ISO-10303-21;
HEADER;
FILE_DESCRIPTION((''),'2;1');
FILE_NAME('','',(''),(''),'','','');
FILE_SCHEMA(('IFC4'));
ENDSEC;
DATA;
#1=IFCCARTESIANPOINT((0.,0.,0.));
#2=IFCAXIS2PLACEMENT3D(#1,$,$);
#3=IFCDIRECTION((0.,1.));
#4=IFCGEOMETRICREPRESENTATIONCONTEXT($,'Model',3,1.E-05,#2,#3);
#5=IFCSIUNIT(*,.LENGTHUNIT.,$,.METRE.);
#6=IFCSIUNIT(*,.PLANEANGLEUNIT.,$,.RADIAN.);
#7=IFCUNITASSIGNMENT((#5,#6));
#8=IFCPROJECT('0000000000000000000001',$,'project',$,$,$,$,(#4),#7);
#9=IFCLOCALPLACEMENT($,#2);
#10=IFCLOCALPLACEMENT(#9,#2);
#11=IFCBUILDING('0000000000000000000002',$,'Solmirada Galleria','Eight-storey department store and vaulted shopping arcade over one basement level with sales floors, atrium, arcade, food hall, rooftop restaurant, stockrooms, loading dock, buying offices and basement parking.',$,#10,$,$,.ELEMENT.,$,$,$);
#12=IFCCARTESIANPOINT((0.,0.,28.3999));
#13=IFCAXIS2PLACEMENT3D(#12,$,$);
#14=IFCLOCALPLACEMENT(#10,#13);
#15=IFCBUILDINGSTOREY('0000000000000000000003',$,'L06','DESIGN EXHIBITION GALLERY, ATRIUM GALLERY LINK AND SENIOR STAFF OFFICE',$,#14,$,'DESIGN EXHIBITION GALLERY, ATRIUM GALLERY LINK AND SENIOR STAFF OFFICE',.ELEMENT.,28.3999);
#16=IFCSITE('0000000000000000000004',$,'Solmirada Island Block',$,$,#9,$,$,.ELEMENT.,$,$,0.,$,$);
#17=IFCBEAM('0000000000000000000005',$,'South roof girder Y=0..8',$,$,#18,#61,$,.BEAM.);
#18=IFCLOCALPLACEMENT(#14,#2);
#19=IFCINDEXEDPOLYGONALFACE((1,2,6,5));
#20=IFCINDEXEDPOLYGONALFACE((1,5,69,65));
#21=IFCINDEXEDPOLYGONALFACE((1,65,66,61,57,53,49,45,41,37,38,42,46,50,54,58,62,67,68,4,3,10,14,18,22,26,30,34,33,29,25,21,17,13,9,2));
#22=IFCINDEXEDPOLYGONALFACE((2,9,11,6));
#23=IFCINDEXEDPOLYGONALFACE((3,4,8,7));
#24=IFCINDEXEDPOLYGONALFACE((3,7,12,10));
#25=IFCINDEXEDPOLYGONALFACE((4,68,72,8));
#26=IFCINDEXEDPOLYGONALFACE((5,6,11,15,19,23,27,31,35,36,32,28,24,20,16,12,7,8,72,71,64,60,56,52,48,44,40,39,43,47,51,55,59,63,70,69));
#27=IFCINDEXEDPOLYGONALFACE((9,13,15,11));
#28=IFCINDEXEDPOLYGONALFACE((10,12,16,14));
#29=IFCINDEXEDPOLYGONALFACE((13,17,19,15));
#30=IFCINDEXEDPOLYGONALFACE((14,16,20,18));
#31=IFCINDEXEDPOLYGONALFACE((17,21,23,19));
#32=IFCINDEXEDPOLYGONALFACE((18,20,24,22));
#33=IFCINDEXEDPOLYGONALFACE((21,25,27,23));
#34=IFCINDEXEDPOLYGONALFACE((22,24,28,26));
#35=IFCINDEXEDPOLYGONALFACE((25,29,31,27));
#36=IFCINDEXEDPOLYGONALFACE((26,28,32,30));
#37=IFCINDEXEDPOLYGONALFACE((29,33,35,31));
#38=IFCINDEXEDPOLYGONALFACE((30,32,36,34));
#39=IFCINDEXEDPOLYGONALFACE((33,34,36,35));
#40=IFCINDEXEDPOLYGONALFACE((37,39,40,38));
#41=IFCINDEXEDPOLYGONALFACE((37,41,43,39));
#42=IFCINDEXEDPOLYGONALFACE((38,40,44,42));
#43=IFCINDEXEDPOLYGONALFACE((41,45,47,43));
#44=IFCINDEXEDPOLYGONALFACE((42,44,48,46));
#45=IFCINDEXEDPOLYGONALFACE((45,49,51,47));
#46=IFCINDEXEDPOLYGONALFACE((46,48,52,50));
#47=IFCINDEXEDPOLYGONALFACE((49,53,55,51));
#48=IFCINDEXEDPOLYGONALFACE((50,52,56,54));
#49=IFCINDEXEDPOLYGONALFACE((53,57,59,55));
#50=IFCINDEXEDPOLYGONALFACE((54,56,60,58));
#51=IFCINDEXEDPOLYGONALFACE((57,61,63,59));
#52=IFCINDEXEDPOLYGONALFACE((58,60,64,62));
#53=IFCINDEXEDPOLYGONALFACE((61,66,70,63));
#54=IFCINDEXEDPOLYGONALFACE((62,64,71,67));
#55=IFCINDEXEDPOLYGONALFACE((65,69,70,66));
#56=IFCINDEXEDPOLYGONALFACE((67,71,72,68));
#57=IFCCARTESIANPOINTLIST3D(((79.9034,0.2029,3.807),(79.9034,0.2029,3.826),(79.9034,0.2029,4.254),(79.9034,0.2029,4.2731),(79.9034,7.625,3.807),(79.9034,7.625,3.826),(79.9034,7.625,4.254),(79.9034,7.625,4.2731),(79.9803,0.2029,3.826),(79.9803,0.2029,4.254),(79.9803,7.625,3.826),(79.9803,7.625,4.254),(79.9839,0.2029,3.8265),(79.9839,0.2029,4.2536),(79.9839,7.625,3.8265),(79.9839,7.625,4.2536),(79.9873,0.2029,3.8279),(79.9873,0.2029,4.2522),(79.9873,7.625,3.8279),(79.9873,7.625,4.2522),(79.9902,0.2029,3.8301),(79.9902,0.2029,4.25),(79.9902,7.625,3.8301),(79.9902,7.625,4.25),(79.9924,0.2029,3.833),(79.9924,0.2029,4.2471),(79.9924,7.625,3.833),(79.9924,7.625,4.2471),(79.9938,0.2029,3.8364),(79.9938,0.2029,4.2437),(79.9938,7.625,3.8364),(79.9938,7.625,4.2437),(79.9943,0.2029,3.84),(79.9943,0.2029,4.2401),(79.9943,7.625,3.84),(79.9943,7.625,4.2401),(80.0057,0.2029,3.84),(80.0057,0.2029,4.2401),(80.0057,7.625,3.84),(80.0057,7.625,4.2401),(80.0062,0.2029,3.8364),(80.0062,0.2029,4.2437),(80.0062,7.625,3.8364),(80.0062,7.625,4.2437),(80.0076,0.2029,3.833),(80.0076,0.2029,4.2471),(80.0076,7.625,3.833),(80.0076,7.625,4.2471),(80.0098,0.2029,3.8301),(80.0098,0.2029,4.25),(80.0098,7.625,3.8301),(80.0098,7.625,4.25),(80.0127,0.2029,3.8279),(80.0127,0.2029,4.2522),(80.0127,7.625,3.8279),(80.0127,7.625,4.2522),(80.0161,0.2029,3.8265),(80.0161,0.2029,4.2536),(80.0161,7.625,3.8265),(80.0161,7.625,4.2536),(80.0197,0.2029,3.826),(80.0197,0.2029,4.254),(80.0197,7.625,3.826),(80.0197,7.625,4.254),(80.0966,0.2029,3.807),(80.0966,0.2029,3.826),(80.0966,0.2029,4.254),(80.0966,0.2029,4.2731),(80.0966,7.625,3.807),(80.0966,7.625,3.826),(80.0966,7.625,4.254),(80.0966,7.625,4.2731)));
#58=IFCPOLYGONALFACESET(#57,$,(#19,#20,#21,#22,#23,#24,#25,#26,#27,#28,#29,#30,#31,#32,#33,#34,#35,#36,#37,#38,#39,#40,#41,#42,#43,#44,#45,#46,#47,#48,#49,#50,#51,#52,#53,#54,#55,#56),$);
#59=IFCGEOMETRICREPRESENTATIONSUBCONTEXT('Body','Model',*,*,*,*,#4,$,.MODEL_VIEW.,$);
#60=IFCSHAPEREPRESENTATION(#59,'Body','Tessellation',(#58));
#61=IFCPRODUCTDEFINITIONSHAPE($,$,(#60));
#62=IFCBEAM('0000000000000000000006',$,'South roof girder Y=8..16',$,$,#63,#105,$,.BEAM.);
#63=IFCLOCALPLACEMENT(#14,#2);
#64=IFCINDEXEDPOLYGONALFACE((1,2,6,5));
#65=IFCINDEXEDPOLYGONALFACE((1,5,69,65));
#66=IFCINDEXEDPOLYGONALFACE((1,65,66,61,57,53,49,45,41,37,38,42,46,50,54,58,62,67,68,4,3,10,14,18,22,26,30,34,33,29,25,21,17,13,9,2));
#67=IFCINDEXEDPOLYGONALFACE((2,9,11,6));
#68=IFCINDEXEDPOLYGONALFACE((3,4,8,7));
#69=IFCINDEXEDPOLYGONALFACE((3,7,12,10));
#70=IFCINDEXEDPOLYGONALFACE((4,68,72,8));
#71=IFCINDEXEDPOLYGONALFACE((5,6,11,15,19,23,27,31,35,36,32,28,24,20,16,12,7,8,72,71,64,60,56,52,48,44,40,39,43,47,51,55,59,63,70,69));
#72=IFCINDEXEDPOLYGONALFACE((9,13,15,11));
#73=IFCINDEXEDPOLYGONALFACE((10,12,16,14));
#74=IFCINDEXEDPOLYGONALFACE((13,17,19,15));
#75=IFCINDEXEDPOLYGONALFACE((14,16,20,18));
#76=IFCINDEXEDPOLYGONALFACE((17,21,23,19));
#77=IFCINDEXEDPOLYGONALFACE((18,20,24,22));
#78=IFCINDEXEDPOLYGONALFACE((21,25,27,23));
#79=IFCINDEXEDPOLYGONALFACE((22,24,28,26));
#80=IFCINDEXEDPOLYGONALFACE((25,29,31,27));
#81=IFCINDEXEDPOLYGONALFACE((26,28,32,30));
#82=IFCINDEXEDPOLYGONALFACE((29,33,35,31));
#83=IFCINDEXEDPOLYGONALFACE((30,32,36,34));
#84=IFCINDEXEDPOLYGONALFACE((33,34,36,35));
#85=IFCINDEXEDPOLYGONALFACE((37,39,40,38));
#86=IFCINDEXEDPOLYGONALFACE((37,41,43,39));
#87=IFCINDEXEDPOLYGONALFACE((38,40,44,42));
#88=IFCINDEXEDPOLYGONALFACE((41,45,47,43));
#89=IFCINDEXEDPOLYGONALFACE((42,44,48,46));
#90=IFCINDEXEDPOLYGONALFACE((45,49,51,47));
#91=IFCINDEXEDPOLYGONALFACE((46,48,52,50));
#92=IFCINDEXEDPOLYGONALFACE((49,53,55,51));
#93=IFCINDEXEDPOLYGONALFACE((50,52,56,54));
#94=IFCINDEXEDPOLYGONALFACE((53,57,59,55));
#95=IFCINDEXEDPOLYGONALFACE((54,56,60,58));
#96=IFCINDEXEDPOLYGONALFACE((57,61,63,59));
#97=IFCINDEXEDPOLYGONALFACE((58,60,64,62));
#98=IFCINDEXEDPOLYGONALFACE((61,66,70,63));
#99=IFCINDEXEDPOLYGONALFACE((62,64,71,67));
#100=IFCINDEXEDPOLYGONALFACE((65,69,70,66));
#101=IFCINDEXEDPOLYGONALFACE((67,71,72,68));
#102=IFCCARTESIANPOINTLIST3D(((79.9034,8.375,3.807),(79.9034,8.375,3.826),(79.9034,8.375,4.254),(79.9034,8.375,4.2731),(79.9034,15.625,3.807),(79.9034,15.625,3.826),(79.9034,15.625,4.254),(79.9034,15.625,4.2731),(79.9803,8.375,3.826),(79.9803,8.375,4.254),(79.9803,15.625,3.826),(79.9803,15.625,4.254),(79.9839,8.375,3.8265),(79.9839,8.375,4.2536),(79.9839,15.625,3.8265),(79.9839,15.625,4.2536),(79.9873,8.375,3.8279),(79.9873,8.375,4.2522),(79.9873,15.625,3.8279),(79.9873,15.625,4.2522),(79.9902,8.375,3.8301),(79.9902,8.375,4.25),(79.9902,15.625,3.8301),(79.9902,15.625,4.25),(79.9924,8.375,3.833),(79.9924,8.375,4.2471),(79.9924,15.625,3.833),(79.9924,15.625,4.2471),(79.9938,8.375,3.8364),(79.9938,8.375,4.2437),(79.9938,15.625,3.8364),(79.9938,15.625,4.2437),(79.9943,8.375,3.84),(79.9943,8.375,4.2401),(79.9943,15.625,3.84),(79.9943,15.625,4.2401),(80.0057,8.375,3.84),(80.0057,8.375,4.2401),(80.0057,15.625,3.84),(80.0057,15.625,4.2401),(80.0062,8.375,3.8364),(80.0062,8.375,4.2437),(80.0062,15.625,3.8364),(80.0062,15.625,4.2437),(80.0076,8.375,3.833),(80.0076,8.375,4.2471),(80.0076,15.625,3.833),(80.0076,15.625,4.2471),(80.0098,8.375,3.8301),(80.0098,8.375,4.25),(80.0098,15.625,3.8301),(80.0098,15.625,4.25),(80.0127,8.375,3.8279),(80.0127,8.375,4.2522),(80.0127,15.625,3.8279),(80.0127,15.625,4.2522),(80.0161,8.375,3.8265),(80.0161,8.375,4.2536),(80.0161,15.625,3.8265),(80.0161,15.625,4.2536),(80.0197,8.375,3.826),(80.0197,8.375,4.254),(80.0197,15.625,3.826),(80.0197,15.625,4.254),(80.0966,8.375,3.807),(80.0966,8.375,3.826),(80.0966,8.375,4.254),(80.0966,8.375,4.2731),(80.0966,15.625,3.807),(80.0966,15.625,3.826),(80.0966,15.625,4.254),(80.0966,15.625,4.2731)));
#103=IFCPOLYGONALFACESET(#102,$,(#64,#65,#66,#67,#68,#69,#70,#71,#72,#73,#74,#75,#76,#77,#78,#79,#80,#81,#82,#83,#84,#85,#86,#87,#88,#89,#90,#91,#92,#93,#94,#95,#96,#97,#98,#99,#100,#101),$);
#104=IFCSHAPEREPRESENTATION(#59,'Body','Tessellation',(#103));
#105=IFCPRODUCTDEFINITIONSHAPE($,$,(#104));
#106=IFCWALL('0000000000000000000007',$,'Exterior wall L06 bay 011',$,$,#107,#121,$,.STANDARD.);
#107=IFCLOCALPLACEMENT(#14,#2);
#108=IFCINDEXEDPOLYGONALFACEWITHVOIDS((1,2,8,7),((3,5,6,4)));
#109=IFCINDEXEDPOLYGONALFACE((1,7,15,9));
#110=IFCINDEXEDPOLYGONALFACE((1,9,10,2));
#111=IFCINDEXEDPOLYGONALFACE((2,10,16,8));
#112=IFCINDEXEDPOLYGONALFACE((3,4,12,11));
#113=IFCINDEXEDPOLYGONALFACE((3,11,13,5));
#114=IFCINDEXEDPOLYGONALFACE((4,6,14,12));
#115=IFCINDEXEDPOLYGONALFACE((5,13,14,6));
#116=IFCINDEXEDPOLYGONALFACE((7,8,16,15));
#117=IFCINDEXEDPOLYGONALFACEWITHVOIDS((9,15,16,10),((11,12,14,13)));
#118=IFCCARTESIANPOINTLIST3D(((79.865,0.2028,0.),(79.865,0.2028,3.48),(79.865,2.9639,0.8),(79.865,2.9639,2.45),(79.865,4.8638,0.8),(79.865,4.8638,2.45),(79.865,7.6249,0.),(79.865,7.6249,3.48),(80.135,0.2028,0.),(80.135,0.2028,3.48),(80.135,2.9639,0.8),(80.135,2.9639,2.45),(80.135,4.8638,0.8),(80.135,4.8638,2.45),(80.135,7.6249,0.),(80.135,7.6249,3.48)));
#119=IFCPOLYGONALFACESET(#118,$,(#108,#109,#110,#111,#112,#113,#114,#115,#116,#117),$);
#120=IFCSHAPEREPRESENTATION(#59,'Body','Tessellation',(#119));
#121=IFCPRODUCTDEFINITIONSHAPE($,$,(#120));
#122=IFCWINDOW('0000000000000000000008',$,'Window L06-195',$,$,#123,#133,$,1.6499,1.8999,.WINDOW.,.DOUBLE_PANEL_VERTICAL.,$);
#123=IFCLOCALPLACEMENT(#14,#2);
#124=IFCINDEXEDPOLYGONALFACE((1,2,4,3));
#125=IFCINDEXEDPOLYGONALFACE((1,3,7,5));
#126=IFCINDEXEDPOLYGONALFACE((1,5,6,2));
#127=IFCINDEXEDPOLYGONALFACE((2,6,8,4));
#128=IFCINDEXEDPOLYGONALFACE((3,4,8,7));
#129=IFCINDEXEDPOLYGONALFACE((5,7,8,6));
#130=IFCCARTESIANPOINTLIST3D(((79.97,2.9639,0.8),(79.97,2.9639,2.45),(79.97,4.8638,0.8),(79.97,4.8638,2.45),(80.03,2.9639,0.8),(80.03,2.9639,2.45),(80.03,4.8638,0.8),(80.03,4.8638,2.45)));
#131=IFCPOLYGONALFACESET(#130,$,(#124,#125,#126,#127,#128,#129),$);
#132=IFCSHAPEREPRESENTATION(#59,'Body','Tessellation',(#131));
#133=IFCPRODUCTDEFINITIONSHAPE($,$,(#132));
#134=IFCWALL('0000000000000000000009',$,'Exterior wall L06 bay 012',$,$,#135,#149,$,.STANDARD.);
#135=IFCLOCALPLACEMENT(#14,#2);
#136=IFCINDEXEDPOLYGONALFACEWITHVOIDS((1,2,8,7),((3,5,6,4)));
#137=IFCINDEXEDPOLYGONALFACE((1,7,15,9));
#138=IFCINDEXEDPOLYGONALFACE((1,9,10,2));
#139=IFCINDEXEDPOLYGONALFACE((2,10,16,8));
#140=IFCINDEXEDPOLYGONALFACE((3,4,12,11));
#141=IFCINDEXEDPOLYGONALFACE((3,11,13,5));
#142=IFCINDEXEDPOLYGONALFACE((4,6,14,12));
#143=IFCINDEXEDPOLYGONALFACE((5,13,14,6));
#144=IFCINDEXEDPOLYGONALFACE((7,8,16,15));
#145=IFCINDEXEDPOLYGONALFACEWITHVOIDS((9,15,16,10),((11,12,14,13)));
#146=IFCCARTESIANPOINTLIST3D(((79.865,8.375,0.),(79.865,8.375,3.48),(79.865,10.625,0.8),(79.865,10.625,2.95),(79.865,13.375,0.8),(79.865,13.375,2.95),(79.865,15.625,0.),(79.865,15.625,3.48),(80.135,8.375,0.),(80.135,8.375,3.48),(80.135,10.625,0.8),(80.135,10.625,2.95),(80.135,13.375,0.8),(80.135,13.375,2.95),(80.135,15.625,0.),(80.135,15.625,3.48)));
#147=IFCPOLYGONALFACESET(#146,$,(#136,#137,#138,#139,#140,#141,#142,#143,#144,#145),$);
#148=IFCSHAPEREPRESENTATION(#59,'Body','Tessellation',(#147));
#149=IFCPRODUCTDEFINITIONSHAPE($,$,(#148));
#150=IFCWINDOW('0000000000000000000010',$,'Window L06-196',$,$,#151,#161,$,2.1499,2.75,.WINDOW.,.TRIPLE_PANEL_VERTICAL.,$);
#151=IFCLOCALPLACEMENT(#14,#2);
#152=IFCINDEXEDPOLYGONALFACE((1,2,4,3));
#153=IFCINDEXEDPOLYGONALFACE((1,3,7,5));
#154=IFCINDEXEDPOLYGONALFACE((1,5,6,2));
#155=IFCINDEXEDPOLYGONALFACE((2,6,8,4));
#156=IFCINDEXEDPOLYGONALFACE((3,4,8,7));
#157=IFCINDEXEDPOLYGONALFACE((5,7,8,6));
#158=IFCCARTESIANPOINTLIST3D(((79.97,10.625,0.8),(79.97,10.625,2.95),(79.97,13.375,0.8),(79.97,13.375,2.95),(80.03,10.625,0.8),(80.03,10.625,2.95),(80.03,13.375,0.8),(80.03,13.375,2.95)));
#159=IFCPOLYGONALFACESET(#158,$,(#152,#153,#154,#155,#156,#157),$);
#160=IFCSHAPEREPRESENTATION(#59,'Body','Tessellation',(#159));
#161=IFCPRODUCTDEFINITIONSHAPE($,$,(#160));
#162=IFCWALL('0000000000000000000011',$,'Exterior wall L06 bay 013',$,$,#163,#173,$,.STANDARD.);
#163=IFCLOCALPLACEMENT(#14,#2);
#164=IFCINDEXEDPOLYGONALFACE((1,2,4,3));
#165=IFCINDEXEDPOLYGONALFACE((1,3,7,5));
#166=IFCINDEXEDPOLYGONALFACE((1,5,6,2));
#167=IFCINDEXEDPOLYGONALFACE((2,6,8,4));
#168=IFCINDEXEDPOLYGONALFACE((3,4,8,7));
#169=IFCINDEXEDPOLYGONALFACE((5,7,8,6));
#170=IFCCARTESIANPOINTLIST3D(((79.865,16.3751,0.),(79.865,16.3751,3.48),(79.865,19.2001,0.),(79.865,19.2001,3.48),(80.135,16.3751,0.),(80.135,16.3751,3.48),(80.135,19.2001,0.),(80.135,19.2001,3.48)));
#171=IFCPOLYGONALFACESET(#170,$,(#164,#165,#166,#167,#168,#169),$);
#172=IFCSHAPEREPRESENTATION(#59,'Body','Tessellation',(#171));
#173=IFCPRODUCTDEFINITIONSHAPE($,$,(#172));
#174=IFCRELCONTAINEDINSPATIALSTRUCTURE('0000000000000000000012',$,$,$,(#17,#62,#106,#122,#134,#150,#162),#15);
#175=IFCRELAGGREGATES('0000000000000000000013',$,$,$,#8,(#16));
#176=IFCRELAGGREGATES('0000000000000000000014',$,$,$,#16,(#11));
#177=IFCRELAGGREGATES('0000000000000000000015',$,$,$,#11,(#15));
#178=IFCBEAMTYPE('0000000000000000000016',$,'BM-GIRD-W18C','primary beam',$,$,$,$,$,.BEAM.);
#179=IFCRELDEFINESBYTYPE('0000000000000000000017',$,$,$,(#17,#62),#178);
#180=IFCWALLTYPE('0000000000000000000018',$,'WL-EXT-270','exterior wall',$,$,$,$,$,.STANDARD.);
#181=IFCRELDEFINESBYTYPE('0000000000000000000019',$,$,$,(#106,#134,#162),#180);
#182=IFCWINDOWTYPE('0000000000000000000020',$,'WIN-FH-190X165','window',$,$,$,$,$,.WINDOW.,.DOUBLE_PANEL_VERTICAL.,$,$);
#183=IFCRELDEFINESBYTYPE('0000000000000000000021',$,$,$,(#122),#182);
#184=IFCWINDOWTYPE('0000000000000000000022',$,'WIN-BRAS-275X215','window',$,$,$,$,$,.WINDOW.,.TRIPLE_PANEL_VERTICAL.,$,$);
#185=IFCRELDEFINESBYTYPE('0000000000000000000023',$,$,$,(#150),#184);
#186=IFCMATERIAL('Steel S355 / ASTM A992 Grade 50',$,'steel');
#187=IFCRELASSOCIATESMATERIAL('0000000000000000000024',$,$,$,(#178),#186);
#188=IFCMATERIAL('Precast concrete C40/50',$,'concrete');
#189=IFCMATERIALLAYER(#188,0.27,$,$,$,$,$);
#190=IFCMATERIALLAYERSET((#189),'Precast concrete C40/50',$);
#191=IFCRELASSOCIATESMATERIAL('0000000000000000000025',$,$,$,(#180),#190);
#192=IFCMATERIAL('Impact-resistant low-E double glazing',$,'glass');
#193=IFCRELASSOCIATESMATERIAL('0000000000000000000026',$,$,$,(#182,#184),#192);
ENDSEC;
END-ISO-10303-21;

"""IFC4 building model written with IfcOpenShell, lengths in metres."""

from ifc_helpers import new_model, si_unit, direction, frame, frame_2d, origin, origin_2d, place, context, subcontext, project, spatial, rectangle, i_section, extrude, material, layer, layer_set, material_profile, profile_set, type_object, element, fill, save


model = new_model("IFC4")

# Units and contexts
model_context = context("Model", 3, precision=1e-05, world=origin(), true_north=direction((0.0, 1.0)))
body_context = subcontext(model_context, "Body", "Model", "MODEL_VIEW")
ifc_project = project(units=[si_unit("LENGTHUNIT", "METRE"), si_unit("PLANEANGLEUNIT", "RADIAN")], contexts=[model_context])

# Site, building, storey
site_placement = place(None, origin())
site = spatial("IfcSite", under=ifc_project, at=site_placement, Name="Solmirada Island Block", CompositionType="ELEMENT", RefElevation=0.0)
building_placement = place(site_placement, origin())
building = spatial("IfcBuilding", under=site, at=building_placement, Name="Solmirada Galleria", Description="Eight-storey department store and vaulted shopping arcade over one basement level with sales floors, atrium, arcade, food hall, rooftop restaurant, stockrooms, loading dock, buying offices and basement parking.", CompositionType="ELEMENT")
storey_placement = place(building_placement, frame((0.0, 0.0, 28.3999)))
storey = spatial("IfcBuildingStorey", under=building, at=storey_placement, Name="L06", Description="DESIGN EXHIBITION GALLERY, ATRIUM GALLERY LINK AND SENIOR STAFF OFFICE", LongName="DESIGN EXHIBITION GALLERY, ATRIUM GALLERY LINK AND SENIOR STAFF OFFICE", CompositionType="ELEMENT", Elevation=28.3999)

# Beams
ifc_material_1 = material(Name="Steel S355 / ASTM A992 Grade 50", Category="steel")
ifc_material_profile_1 = material_profile(ifc_material_1, i_section(OverallWidth=0.1931, OverallDepth=0.4661, WebThickness=0.0115, FlangeThickness=0.019, FilletRadius=0.0139, at=origin_2d()), Name="W18X65")
ifc_profile_set_1 = profile_set([ifc_material_profile_1], Name="Steel S355 / ASTM A992 Grade 50")
beam_type = type_object("IfcBeamType", Name="BM-GIRD-W18C", Description="primary beam", PredefinedType="BEAM", material=ifc_profile_set_1)
beam_1_placement = place(storey_placement, frame((80.0, 0.2029, 4.04), z_axis=(0.0, 1.0, 0.0), x_axis=(-1.0, 0.0, 0.0)))
element("IfcBeam", 1, at=beam_1_placement, inside=storey, type_object=beam_type, Name="South roof girder Y=0..8", PredefinedType="BEAM", context=body_context, shape_type="SweptSolid", body=[
    extrude(i_section(OverallWidth=0.1931, OverallDepth=0.4661, WebThickness=0.0115, FlangeThickness=0.019, FilletRadius=0.0139, at=origin_2d()), origin(), (0.0, 0.0, 1.0), 7.4221),
])
beam_2_placement = place(storey_placement, frame((80.0, 8.375, 4.04), z_axis=(0.0, 1.0, 0.0), x_axis=(-1.0, 0.0, 0.0)))
element("IfcBeam", 2, at=beam_2_placement, inside=storey, type_object=beam_type, Name="South roof girder Y=8..16", PredefinedType="BEAM", context=body_context, shape_type="SweptSolid", body=[
    extrude(i_section(OverallWidth=0.1931, OverallDepth=0.4661, WebThickness=0.0115, FlangeThickness=0.019, FilletRadius=0.0139, at=origin_2d()), origin(), (0.0, 0.0, 1.0), 7.25),
])

# Walls, openings, windows
ifc_material_2 = material(Name="Precast concrete C40/50", Category="concrete")
ifc_layer_1 = layer(ifc_material_2, 0.27)
ifc_layer_set_1 = layer_set([ifc_layer_1], Name="Precast concrete C40/50")
wall_type = type_object("IfcWallType", Name="WL-EXT-270", Description="exterior wall", PredefinedType="STANDARD", material=ifc_layer_set_1)
wall_1_placement = place(storey_placement, frame((80.0, 0.2029, 0.0), z_axis=(0.0, 0.0, 1.0), x_axis=(0.0, 1.0, 0.0)))
wall_1 = element("IfcWall", 3, at=wall_1_placement, inside=storey, type_object=wall_type, Name="Exterior wall L06 bay 011", PredefinedType="STANDARD", context=body_context, shape_type="SweptSolid", body=[
    extrude(rectangle(XDim=7.4221, YDim=0.27, at=frame_2d((3.7109, 0.0))), origin(), (0.0, 0.0, 1.0), 3.48),
])
opening_1_placement = place(wall_1_placement, frame((2.761, 0.0, 0.8)))
opening_1 = element("IfcOpeningElement", 4, at=opening_1_placement, cuts=wall_1, PredefinedType="OPENING", context=body_context, shape_type="SweptSolid", body=[
    extrude(rectangle(XDim=1.8999, YDim=1.6499, at=frame_2d((0.95, 0.825))), frame((0.0, 0.145, 0.0), z_axis=(0.0, -1.0, 0.0), x_axis=(1.0, 0.0, 0.0)), (0.0, 0.0, 1.0), 0.29),
])
ifc_material_3 = material(Name="Impact-resistant low-E double glazing", Category="glass")
window_type_1 = type_object("IfcWindowType", Name="WIN-FH-190X165", Description="window", PartitioningType="DOUBLE_PANEL_VERTICAL", PredefinedType="WINDOW", material=ifc_material_3)
window_1_placement = place(opening_1_placement, origin())
window_1 = element("IfcWindow", 5, at=window_1_placement, inside=storey, type_object=window_type_1, Name="Window L06-195", OverallHeight=1.6499, OverallWidth=1.8999, PartitioningType="DOUBLE_PANEL_VERTICAL", PredefinedType="WINDOW", context=body_context, shape_type="SweptSolid", body=[
    extrude(rectangle(XDim=1.8999, YDim=1.6499, at=frame_2d((0.95, 0.825))), frame((0.0, 0.03, 0.0), z_axis=(0.0, -1.0, 0.0), x_axis=(1.0, 0.0, 0.0)), (0.0, 0.0, 1.0), 0.0601),
])
fill(opening_1, window_1)
wall_2_placement = place(storey_placement, frame((80.0, 8.375, 0.0), z_axis=(0.0, 0.0, 1.0), x_axis=(0.0, 1.0, 0.0)))
wall_2 = element("IfcWall", 6, at=wall_2_placement, inside=storey, type_object=wall_type, Name="Exterior wall L06 bay 012", PredefinedType="STANDARD", context=body_context, shape_type="SweptSolid", body=[
    extrude(rectangle(XDim=7.25, YDim=0.27, at=frame_2d((3.625, 0.0))), origin(), (0.0, 0.0, 1.0), 3.48),
])
opening_2_placement = place(wall_2_placement, frame((2.25, 0.0, 0.8)))
opening_2 = element("IfcOpeningElement", 7, at=opening_2_placement, cuts=wall_2, PredefinedType="OPENING", context=body_context, shape_type="SweptSolid", body=[
    extrude(rectangle(XDim=2.75, YDim=2.1499, at=frame_2d((1.375, 1.075))), frame((0.0, 0.145, 0.0), z_axis=(0.0, -1.0, 0.0), x_axis=(1.0, 0.0, 0.0)), (0.0, 0.0, 1.0), 0.29),
])
window_type_2 = type_object("IfcWindowType", Name="WIN-BRAS-275X215", Description="window", PartitioningType="TRIPLE_PANEL_VERTICAL", PredefinedType="WINDOW", material=ifc_material_3)
window_2_placement = place(opening_2_placement, origin())
window_2 = element("IfcWindow", 8, at=window_2_placement, inside=storey, type_object=window_type_2, Name="Window L06-196", OverallHeight=2.1499, OverallWidth=2.75, PartitioningType="TRIPLE_PANEL_VERTICAL", PredefinedType="WINDOW", context=body_context, shape_type="SweptSolid", body=[
    extrude(rectangle(XDim=2.75, YDim=2.1499, at=frame_2d((1.375, 1.075))), frame((0.0, 0.03, 0.0), z_axis=(0.0, -1.0, 0.0), x_axis=(1.0, 0.0, 0.0)), (0.0, 0.0, 1.0), 0.0601),
])
fill(opening_2, window_2)

# Wall
wall_3_placement = place(storey_placement, frame((80.0, 16.375, 0.0), z_axis=(0.0, 0.0, 1.0), x_axis=(0.0, 1.0, 0.0)))
element("IfcWall", 9, at=wall_3_placement, inside=storey, type_object=wall_type, Name="Exterior wall L06 bay 013", PredefinedType="STANDARD", context=body_context, shape_type="SweptSolid", body=[
    extrude(rectangle(XDim=2.825, YDim=0.27, at=frame_2d((1.4126, 0.0))), origin(), (0.0, 0.0, 1.0), 3.48),
])

save(model, "model.ifc")
